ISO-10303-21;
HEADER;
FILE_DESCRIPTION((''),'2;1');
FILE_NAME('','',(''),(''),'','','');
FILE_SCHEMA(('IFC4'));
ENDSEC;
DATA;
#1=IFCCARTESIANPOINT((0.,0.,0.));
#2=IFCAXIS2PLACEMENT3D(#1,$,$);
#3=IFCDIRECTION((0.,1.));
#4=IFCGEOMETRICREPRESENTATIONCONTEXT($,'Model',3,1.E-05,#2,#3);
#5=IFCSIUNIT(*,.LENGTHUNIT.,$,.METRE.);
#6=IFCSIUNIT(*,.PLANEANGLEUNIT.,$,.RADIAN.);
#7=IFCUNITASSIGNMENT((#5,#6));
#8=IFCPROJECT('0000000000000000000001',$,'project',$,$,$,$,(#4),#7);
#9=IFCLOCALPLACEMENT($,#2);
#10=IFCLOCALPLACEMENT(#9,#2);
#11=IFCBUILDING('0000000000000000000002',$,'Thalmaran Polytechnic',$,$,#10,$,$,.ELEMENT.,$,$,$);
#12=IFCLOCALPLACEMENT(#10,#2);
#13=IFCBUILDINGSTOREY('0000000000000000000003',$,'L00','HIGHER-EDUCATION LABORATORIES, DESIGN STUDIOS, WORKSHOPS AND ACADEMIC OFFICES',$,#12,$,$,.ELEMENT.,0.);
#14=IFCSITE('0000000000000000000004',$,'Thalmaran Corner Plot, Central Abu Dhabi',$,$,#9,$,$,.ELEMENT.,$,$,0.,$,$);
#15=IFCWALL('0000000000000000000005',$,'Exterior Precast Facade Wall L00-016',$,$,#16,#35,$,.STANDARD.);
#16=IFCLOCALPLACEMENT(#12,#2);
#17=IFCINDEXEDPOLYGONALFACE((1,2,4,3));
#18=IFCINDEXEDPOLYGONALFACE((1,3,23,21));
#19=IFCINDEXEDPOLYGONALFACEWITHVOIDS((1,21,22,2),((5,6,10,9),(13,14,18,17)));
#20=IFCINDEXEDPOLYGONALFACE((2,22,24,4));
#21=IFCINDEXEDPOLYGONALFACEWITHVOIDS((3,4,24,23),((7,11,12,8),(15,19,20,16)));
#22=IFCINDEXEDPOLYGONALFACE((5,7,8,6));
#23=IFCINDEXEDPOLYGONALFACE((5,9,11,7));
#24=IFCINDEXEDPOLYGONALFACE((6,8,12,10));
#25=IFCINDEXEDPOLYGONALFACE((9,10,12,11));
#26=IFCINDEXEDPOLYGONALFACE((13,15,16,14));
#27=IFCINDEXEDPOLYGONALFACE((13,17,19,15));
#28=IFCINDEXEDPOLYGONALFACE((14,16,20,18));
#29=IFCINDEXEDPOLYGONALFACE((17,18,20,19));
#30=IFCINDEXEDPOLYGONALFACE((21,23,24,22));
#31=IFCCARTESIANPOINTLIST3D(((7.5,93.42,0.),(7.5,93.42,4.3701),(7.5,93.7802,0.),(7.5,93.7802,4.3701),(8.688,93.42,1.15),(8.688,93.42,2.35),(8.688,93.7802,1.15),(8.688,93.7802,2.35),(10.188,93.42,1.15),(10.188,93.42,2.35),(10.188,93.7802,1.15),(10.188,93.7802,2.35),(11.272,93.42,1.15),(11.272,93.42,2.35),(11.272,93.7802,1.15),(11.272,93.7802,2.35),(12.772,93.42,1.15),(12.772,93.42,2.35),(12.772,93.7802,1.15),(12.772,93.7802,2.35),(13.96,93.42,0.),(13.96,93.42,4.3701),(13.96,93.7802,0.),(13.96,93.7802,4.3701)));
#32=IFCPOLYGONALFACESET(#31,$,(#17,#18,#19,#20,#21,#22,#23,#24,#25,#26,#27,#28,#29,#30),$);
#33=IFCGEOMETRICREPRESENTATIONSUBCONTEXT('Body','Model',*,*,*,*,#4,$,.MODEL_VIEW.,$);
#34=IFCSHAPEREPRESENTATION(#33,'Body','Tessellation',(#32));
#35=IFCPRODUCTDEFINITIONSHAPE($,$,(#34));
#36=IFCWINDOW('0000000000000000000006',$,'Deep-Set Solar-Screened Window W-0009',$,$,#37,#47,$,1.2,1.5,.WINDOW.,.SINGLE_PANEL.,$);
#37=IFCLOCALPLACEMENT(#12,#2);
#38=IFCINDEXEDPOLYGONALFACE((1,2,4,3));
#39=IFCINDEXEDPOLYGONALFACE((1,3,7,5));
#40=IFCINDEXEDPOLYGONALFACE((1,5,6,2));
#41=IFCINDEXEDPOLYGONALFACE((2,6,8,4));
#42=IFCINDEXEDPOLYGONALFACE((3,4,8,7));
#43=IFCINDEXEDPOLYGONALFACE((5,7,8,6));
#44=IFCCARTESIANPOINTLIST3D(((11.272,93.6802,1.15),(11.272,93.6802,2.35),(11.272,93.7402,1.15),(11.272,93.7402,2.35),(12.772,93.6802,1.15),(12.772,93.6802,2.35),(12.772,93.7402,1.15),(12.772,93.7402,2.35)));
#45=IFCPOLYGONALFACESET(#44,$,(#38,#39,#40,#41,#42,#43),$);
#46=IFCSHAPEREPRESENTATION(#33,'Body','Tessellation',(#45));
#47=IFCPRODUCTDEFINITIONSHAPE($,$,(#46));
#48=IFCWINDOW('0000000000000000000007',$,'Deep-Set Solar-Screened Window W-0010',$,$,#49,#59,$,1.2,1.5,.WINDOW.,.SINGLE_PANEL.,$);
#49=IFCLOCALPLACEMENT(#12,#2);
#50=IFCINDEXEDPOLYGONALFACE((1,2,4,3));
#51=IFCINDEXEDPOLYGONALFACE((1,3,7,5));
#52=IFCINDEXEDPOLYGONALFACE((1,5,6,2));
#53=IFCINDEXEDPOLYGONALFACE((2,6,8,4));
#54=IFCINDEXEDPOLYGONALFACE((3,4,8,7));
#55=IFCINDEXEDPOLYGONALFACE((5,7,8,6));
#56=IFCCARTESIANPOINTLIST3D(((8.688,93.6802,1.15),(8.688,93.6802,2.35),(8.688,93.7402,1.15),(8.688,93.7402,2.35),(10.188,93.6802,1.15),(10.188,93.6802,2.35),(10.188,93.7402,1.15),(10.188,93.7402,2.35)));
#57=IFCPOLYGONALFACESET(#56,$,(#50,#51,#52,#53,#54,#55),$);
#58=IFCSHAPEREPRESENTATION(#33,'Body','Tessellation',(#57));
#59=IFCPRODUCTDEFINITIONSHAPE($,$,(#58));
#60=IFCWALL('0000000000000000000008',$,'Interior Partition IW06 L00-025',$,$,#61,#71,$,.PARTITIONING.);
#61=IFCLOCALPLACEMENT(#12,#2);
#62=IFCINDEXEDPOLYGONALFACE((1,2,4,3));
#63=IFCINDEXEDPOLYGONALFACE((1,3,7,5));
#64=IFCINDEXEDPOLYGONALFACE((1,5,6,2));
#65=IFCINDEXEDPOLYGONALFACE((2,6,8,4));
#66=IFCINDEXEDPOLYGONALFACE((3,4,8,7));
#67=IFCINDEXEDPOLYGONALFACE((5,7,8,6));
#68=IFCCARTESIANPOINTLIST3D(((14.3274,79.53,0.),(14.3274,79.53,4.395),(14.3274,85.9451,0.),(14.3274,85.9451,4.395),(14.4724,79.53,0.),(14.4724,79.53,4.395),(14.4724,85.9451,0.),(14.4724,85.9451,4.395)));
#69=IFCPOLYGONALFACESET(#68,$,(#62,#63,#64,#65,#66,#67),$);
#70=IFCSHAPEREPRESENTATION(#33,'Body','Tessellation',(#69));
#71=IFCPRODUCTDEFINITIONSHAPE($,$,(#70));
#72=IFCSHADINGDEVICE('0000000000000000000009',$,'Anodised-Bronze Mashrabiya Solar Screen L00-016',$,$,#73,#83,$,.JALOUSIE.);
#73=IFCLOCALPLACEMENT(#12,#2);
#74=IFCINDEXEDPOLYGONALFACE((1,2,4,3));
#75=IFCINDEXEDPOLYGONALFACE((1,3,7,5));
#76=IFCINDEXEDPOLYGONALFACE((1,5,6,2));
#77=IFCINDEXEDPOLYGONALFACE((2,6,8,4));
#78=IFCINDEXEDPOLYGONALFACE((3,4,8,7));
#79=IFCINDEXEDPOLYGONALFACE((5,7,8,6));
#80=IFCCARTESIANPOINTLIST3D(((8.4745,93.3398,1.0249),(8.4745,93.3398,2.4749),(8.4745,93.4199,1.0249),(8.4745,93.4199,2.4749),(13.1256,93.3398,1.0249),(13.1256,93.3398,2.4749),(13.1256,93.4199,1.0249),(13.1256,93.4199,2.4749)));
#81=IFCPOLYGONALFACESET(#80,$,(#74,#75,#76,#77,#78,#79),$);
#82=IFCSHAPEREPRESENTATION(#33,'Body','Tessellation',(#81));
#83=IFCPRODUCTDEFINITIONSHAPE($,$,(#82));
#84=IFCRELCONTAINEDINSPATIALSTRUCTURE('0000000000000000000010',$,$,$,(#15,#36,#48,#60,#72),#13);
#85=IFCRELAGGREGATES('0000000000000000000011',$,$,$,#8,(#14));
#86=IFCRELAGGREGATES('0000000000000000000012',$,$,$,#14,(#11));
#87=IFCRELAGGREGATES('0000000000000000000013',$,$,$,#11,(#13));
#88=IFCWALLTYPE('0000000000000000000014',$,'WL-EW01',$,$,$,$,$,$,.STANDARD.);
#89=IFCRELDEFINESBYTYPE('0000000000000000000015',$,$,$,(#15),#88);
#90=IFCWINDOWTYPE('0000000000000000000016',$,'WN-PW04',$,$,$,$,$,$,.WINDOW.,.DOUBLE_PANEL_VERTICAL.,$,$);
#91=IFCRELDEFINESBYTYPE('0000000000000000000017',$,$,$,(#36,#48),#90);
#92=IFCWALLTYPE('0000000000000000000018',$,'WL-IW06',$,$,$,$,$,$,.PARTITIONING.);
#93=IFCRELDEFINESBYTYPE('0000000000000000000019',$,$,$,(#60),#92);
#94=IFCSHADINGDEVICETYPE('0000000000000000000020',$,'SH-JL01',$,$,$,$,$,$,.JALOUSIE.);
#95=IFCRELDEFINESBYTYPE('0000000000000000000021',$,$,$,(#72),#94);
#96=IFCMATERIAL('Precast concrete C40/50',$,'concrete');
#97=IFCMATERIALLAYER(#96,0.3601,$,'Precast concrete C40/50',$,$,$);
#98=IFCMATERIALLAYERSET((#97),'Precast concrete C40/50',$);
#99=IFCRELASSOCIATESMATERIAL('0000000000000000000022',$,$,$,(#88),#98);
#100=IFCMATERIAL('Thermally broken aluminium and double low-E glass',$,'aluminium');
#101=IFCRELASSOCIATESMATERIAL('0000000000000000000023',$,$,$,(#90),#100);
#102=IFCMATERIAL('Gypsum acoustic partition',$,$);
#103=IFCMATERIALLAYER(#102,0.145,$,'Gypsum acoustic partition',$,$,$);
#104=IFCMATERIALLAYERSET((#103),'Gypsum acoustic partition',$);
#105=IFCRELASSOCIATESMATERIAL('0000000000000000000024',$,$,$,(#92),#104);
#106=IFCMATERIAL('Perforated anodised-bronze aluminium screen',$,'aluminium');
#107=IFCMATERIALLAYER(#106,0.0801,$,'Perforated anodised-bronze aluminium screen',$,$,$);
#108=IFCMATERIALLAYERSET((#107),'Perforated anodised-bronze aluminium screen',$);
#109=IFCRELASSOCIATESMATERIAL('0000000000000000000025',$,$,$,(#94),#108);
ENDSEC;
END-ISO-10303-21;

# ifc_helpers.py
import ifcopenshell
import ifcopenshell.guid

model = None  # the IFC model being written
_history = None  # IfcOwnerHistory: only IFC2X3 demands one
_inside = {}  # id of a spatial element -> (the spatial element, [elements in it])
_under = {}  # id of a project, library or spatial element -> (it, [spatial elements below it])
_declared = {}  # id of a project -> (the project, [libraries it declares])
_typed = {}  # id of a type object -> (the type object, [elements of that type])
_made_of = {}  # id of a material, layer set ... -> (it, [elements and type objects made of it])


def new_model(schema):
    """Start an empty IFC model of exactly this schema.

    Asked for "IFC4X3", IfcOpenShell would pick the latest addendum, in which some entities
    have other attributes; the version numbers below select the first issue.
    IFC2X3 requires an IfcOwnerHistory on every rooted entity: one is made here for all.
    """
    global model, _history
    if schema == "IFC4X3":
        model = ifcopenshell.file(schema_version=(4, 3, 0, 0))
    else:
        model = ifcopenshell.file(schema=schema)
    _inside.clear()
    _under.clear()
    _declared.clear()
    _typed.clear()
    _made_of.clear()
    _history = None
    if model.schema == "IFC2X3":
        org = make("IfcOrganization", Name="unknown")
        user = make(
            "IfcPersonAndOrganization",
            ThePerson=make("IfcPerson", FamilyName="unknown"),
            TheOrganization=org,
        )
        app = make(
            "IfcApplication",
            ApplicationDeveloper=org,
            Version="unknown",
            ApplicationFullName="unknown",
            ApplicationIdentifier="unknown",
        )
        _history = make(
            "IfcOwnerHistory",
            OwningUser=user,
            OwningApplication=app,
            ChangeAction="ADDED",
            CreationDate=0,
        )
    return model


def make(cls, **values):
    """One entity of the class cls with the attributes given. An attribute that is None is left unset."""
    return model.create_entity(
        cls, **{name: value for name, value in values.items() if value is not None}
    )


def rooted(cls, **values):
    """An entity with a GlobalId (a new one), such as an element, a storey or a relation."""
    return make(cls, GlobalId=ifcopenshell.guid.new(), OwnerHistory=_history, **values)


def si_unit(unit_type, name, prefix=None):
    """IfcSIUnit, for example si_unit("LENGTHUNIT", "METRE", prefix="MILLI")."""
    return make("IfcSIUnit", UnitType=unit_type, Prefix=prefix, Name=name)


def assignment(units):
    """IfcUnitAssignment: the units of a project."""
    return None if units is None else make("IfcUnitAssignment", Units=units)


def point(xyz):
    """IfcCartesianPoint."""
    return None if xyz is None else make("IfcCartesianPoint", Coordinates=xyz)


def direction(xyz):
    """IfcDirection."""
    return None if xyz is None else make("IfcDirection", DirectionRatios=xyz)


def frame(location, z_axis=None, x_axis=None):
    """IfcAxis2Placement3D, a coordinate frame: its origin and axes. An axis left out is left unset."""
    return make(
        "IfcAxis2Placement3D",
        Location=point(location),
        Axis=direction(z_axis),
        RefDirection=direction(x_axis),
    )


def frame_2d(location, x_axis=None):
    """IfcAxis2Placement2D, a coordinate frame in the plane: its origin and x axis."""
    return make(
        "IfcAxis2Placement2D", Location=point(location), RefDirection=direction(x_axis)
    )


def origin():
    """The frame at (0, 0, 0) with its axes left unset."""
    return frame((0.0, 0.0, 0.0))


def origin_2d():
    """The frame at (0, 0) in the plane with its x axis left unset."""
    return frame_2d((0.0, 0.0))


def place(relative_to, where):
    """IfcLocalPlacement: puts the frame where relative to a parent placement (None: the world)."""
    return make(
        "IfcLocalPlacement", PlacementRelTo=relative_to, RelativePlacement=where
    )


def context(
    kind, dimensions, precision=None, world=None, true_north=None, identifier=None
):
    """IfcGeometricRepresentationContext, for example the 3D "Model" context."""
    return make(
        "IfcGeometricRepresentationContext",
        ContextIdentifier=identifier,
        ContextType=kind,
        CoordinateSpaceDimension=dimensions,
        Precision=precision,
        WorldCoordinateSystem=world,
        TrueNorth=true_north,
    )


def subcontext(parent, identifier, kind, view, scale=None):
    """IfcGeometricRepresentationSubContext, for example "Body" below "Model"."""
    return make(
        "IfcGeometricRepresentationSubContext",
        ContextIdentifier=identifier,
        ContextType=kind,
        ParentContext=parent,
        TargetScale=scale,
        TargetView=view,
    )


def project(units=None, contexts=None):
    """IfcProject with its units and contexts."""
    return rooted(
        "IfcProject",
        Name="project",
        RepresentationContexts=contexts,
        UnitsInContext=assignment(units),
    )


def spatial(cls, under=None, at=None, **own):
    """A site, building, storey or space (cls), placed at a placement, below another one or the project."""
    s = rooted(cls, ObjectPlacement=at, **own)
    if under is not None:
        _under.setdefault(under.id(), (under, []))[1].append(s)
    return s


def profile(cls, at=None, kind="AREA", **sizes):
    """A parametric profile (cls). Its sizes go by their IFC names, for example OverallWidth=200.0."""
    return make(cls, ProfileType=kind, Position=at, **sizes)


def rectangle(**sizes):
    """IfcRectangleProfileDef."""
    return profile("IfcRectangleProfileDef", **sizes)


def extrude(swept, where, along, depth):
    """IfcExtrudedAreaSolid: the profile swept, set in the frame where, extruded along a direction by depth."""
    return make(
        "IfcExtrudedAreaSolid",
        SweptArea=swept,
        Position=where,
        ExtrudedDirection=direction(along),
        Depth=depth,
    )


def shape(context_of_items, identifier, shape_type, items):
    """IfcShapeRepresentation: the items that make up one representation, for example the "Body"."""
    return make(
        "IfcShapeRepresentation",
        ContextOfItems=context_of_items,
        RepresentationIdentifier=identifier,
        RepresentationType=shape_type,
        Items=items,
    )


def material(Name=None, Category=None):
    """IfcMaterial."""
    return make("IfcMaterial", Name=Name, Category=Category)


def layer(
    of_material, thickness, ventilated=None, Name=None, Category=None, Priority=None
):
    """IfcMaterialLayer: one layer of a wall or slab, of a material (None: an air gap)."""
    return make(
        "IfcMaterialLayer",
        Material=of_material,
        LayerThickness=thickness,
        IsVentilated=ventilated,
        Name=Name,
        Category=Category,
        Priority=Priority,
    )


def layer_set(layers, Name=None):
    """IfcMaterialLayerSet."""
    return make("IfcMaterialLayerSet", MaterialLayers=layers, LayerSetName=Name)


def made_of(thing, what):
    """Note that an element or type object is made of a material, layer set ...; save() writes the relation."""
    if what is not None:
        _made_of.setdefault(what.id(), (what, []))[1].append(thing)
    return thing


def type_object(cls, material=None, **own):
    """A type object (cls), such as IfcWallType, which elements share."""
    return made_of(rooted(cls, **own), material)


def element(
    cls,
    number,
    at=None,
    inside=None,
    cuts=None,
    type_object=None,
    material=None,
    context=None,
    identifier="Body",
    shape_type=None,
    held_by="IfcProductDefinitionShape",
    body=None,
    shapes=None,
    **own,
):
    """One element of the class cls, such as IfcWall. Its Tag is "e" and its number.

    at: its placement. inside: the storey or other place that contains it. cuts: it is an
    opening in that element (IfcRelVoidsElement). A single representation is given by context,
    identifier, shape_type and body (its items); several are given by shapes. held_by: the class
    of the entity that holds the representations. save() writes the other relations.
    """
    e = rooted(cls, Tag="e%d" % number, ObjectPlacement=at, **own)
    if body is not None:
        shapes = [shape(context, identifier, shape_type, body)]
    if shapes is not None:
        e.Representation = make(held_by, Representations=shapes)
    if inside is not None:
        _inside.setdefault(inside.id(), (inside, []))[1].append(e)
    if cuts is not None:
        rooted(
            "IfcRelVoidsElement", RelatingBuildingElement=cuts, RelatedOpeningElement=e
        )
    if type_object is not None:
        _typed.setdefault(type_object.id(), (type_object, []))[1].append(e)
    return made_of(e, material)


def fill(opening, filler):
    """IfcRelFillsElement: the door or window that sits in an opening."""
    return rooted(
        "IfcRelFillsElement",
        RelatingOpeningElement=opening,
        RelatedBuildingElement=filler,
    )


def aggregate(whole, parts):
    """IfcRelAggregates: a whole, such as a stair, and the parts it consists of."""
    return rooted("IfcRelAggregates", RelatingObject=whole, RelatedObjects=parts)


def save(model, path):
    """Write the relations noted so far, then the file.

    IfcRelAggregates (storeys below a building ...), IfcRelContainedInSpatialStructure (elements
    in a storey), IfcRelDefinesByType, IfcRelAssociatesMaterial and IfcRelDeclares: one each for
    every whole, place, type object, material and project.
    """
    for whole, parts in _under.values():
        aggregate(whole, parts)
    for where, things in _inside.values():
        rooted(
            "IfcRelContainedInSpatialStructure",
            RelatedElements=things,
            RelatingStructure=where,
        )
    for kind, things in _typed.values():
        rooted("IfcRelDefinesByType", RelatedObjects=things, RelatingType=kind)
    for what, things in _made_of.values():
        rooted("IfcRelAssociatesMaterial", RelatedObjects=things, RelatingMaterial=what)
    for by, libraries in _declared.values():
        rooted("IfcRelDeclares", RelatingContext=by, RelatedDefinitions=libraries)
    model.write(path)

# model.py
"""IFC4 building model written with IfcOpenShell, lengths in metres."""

from ifc_helpers import new_model, si_unit, direction, frame, frame_2d, origin, origin_2d, place, context, subcontext, project, spatial, rectangle, extrude, material, layer, layer_set, type_object, element, fill, save


model = new_model("IFC4")

# Units and contexts
model_context = context("Model", 3, precision=1e-05, world=origin(), true_north=direction((0.0, 1.0)))
body_context = subcontext(model_context, "Body", "Model", "MODEL_VIEW")
ifc_project = project(units=[si_unit("LENGTHUNIT", "METRE"), si_unit("PLANEANGLEUNIT", "RADIAN")], contexts=[model_context])

# Site, building, storey
site_placement = place(None, origin())
site = spatial("IfcSite", under=ifc_project, at=site_placement, Name="Thalmaran Corner Plot, Central Abu Dhabi", CompositionType="ELEMENT", RefElevation=0.0)
building_placement = place(site_placement, origin())
building = spatial("IfcBuilding", under=site, at=building_placement, Name="Thalmaran Polytechnic", CompositionType="ELEMENT")
storey_placement = place(building_placement, origin())
storey = spatial("IfcBuildingStorey", under=building, at=storey_placement, Name="L00", Description="HIGHER-EDUCATION LABORATORIES, DESIGN STUDIOS, WORKSHOPS AND ACADEMIC OFFICES", CompositionType="ELEMENT", Elevation=0.0)

# Shared definitions
ifc_material_1 = material(Name="Precast concrete C40/50", Category="concrete")
ifc_layer_1 = layer(ifc_material_1, 0.3601, Name="Precast concrete C40/50")
ifc_layer_set_1 = layer_set([ifc_layer_1], Name="Precast concrete C40/50")
wall_type_1 = type_object("IfcWallType", Name="WL-EW01", PredefinedType="STANDARD", material=ifc_layer_set_1)

# Wall, openings, windows
wall_1_placement = place(storey_placement, frame((13.96, 93.6001, 0.0), z_axis=(0.0, 0.0, 1.0), x_axis=(-1.0, 0.0, 0.0)))
wall_1 = element("IfcWall", 1, at=wall_1_placement, inside=storey, type_object=wall_type_1, Name="Exterior Precast Facade Wall L00-016", PredefinedType="STANDARD", context=body_context, shape_type="SweptSolid", body=[
    extrude(rectangle(XDim=6.46, YDim=0.3601, at=frame_2d((3.23, 0.0))), origin(), (0.0, 0.0, 1.0), 4.3701),
])
opening_1_placement = place(wall_1_placement, frame((1.188, 0.0, 1.1499)))
opening_1 = element("IfcOpeningElement", 2, at=opening_1_placement, cuts=wall_1, PredefinedType="OPENING", context=body_context, shape_type="SweptSolid", body=[
    extrude(rectangle(XDim=1.5, YDim=1.2, at=frame_2d((0.75, 0.6001))), frame((0.0, 0.1899, 0.0), z_axis=(0.0, -1.0, 0.0), x_axis=(1.0, 0.0, 0.0)), (0.0, 0.0, 1.0), 0.3801),
])
opening_2_placement = place(wall_1_placement, frame((3.772, 0.0, 1.1499)))
opening_2 = element("IfcOpeningElement", 3, at=opening_2_placement, cuts=wall_1, PredefinedType="OPENING", context=body_context, shape_type="SweptSolid", body=[
    extrude(rectangle(XDim=1.5, YDim=1.2, at=frame_2d((0.75, 0.6001))), frame((0.0, 0.1899, 0.0), z_axis=(0.0, -1.0, 0.0), x_axis=(1.0, 0.0, 0.0)), (0.0, 0.0, 1.0), 0.3801),
])
ifc_material_2 = material(Name="Thermally broken aluminium and double low-E glass", Category="aluminium")
window_type = type_object("IfcWindowType", Name="WN-PW04", PartitioningType="DOUBLE_PANEL_VERTICAL", PredefinedType="WINDOW", material=ifc_material_2)
window_1_placement = place(opening_1_placement, origin())
window_1 = element("IfcWindow", 4, at=window_1_placement, inside=storey, type_object=window_type, Name="Deep-Set Solar-Screened Window W-0009", OverallHeight=1.2, OverallWidth=1.5, PartitioningType="SINGLE_PANEL", PredefinedType="WINDOW", context=body_context, shape_type="SweptSolid", body=[
    extrude(rectangle(XDim=1.5, YDim=1.2, at=frame_2d((0.75, 0.6001))), frame((0.0, -0.0801, 0.0), z_axis=(0.0, -1.0, 0.0), x_axis=(1.0, 0.0, 0.0)), (0.0, 0.0, 1.0), 0.0601),
])
fill(opening_1, window_1)
window_2_placement = place(opening_2_placement, origin())
window_2 = element("IfcWindow", 5, at=window_2_placement, inside=storey, type_object=window_type, Name="Deep-Set Solar-Screened Window W-0010", OverallHeight=1.2, OverallWidth=1.5, PartitioningType="SINGLE_PANEL", PredefinedType="WINDOW", context=body_context, shape_type="SweptSolid", body=[
    extrude(rectangle(XDim=1.5, YDim=1.2, at=frame_2d((0.75, 0.6001))), frame((0.0, -0.0801, 0.0), z_axis=(0.0, -1.0, 0.0), x_axis=(1.0, 0.0, 0.0)), (0.0, 0.0, 1.0), 0.0601),
])
fill(opening_2, window_2)

# Wall
ifc_material_3 = material(Name="Gypsum acoustic partition")
ifc_layer_2 = layer(ifc_material_3, 0.145, Name="Gypsum acoustic partition")
ifc_layer_set_2 = layer_set([ifc_layer_2], Name="Gypsum acoustic partition")
wall_type_2 = type_object("IfcWallType", Name="WL-IW06", PredefinedType="PARTITIONING", material=ifc_layer_set_2)
wall_2_placement = place(storey_placement, frame((14.3999, 79.53, 0.0), z_axis=(0.0, 0.0, 1.0), x_axis=(0.0, 1.0, 0.0)))
element("IfcWall", 6, at=wall_2_placement, inside=storey, type_object=wall_type_2, Name="Interior Partition IW06 L00-025", PredefinedType="PARTITIONING", context=body_context, shape_type="SweptSolid", body=[
    extrude(rectangle(XDim=6.415, YDim=0.145, at=frame_2d((3.2075, 0.0))), origin(), (0.0, 0.0, 1.0), 4.395),
])

# Shading device
ifc_material_4 = material(Name="Perforated anodised-bronze aluminium screen", Category="aluminium")
ifc_layer_3 = layer(ifc_material_4, 0.0801, Name="Perforated anodised-bronze aluminium screen")
ifc_layer_set_3 = layer_set([ifc_layer_3], Name="Perforated anodised-bronze aluminium screen")
shading_device_type = type_object("IfcShadingDeviceType", Name="SH-JL01", PredefinedType="JALOUSIE", material=ifc_layer_set_3)
shading_device_placement = place(storey_placement, frame((10.8, 93.3799, 1.0249), z_axis=(0.0, 0.0, 1.0), x_axis=(-1.0, 0.0, 0.0)))
element("IfcShadingDevice", 7, at=shading_device_placement, inside=storey, type_object=shading_device_type, Name="Anodised-Bronze Mashrabiya Solar Screen L00-016", PredefinedType="JALOUSIE", context=body_context, shape_type="SweptSolid", body=[
    extrude(rectangle(XDim=4.6511, YDim=0.0801, at=origin_2d()), origin(), (0.0, 0.0, 1.0), 1.45),
])

save(model, "model.ifc")
